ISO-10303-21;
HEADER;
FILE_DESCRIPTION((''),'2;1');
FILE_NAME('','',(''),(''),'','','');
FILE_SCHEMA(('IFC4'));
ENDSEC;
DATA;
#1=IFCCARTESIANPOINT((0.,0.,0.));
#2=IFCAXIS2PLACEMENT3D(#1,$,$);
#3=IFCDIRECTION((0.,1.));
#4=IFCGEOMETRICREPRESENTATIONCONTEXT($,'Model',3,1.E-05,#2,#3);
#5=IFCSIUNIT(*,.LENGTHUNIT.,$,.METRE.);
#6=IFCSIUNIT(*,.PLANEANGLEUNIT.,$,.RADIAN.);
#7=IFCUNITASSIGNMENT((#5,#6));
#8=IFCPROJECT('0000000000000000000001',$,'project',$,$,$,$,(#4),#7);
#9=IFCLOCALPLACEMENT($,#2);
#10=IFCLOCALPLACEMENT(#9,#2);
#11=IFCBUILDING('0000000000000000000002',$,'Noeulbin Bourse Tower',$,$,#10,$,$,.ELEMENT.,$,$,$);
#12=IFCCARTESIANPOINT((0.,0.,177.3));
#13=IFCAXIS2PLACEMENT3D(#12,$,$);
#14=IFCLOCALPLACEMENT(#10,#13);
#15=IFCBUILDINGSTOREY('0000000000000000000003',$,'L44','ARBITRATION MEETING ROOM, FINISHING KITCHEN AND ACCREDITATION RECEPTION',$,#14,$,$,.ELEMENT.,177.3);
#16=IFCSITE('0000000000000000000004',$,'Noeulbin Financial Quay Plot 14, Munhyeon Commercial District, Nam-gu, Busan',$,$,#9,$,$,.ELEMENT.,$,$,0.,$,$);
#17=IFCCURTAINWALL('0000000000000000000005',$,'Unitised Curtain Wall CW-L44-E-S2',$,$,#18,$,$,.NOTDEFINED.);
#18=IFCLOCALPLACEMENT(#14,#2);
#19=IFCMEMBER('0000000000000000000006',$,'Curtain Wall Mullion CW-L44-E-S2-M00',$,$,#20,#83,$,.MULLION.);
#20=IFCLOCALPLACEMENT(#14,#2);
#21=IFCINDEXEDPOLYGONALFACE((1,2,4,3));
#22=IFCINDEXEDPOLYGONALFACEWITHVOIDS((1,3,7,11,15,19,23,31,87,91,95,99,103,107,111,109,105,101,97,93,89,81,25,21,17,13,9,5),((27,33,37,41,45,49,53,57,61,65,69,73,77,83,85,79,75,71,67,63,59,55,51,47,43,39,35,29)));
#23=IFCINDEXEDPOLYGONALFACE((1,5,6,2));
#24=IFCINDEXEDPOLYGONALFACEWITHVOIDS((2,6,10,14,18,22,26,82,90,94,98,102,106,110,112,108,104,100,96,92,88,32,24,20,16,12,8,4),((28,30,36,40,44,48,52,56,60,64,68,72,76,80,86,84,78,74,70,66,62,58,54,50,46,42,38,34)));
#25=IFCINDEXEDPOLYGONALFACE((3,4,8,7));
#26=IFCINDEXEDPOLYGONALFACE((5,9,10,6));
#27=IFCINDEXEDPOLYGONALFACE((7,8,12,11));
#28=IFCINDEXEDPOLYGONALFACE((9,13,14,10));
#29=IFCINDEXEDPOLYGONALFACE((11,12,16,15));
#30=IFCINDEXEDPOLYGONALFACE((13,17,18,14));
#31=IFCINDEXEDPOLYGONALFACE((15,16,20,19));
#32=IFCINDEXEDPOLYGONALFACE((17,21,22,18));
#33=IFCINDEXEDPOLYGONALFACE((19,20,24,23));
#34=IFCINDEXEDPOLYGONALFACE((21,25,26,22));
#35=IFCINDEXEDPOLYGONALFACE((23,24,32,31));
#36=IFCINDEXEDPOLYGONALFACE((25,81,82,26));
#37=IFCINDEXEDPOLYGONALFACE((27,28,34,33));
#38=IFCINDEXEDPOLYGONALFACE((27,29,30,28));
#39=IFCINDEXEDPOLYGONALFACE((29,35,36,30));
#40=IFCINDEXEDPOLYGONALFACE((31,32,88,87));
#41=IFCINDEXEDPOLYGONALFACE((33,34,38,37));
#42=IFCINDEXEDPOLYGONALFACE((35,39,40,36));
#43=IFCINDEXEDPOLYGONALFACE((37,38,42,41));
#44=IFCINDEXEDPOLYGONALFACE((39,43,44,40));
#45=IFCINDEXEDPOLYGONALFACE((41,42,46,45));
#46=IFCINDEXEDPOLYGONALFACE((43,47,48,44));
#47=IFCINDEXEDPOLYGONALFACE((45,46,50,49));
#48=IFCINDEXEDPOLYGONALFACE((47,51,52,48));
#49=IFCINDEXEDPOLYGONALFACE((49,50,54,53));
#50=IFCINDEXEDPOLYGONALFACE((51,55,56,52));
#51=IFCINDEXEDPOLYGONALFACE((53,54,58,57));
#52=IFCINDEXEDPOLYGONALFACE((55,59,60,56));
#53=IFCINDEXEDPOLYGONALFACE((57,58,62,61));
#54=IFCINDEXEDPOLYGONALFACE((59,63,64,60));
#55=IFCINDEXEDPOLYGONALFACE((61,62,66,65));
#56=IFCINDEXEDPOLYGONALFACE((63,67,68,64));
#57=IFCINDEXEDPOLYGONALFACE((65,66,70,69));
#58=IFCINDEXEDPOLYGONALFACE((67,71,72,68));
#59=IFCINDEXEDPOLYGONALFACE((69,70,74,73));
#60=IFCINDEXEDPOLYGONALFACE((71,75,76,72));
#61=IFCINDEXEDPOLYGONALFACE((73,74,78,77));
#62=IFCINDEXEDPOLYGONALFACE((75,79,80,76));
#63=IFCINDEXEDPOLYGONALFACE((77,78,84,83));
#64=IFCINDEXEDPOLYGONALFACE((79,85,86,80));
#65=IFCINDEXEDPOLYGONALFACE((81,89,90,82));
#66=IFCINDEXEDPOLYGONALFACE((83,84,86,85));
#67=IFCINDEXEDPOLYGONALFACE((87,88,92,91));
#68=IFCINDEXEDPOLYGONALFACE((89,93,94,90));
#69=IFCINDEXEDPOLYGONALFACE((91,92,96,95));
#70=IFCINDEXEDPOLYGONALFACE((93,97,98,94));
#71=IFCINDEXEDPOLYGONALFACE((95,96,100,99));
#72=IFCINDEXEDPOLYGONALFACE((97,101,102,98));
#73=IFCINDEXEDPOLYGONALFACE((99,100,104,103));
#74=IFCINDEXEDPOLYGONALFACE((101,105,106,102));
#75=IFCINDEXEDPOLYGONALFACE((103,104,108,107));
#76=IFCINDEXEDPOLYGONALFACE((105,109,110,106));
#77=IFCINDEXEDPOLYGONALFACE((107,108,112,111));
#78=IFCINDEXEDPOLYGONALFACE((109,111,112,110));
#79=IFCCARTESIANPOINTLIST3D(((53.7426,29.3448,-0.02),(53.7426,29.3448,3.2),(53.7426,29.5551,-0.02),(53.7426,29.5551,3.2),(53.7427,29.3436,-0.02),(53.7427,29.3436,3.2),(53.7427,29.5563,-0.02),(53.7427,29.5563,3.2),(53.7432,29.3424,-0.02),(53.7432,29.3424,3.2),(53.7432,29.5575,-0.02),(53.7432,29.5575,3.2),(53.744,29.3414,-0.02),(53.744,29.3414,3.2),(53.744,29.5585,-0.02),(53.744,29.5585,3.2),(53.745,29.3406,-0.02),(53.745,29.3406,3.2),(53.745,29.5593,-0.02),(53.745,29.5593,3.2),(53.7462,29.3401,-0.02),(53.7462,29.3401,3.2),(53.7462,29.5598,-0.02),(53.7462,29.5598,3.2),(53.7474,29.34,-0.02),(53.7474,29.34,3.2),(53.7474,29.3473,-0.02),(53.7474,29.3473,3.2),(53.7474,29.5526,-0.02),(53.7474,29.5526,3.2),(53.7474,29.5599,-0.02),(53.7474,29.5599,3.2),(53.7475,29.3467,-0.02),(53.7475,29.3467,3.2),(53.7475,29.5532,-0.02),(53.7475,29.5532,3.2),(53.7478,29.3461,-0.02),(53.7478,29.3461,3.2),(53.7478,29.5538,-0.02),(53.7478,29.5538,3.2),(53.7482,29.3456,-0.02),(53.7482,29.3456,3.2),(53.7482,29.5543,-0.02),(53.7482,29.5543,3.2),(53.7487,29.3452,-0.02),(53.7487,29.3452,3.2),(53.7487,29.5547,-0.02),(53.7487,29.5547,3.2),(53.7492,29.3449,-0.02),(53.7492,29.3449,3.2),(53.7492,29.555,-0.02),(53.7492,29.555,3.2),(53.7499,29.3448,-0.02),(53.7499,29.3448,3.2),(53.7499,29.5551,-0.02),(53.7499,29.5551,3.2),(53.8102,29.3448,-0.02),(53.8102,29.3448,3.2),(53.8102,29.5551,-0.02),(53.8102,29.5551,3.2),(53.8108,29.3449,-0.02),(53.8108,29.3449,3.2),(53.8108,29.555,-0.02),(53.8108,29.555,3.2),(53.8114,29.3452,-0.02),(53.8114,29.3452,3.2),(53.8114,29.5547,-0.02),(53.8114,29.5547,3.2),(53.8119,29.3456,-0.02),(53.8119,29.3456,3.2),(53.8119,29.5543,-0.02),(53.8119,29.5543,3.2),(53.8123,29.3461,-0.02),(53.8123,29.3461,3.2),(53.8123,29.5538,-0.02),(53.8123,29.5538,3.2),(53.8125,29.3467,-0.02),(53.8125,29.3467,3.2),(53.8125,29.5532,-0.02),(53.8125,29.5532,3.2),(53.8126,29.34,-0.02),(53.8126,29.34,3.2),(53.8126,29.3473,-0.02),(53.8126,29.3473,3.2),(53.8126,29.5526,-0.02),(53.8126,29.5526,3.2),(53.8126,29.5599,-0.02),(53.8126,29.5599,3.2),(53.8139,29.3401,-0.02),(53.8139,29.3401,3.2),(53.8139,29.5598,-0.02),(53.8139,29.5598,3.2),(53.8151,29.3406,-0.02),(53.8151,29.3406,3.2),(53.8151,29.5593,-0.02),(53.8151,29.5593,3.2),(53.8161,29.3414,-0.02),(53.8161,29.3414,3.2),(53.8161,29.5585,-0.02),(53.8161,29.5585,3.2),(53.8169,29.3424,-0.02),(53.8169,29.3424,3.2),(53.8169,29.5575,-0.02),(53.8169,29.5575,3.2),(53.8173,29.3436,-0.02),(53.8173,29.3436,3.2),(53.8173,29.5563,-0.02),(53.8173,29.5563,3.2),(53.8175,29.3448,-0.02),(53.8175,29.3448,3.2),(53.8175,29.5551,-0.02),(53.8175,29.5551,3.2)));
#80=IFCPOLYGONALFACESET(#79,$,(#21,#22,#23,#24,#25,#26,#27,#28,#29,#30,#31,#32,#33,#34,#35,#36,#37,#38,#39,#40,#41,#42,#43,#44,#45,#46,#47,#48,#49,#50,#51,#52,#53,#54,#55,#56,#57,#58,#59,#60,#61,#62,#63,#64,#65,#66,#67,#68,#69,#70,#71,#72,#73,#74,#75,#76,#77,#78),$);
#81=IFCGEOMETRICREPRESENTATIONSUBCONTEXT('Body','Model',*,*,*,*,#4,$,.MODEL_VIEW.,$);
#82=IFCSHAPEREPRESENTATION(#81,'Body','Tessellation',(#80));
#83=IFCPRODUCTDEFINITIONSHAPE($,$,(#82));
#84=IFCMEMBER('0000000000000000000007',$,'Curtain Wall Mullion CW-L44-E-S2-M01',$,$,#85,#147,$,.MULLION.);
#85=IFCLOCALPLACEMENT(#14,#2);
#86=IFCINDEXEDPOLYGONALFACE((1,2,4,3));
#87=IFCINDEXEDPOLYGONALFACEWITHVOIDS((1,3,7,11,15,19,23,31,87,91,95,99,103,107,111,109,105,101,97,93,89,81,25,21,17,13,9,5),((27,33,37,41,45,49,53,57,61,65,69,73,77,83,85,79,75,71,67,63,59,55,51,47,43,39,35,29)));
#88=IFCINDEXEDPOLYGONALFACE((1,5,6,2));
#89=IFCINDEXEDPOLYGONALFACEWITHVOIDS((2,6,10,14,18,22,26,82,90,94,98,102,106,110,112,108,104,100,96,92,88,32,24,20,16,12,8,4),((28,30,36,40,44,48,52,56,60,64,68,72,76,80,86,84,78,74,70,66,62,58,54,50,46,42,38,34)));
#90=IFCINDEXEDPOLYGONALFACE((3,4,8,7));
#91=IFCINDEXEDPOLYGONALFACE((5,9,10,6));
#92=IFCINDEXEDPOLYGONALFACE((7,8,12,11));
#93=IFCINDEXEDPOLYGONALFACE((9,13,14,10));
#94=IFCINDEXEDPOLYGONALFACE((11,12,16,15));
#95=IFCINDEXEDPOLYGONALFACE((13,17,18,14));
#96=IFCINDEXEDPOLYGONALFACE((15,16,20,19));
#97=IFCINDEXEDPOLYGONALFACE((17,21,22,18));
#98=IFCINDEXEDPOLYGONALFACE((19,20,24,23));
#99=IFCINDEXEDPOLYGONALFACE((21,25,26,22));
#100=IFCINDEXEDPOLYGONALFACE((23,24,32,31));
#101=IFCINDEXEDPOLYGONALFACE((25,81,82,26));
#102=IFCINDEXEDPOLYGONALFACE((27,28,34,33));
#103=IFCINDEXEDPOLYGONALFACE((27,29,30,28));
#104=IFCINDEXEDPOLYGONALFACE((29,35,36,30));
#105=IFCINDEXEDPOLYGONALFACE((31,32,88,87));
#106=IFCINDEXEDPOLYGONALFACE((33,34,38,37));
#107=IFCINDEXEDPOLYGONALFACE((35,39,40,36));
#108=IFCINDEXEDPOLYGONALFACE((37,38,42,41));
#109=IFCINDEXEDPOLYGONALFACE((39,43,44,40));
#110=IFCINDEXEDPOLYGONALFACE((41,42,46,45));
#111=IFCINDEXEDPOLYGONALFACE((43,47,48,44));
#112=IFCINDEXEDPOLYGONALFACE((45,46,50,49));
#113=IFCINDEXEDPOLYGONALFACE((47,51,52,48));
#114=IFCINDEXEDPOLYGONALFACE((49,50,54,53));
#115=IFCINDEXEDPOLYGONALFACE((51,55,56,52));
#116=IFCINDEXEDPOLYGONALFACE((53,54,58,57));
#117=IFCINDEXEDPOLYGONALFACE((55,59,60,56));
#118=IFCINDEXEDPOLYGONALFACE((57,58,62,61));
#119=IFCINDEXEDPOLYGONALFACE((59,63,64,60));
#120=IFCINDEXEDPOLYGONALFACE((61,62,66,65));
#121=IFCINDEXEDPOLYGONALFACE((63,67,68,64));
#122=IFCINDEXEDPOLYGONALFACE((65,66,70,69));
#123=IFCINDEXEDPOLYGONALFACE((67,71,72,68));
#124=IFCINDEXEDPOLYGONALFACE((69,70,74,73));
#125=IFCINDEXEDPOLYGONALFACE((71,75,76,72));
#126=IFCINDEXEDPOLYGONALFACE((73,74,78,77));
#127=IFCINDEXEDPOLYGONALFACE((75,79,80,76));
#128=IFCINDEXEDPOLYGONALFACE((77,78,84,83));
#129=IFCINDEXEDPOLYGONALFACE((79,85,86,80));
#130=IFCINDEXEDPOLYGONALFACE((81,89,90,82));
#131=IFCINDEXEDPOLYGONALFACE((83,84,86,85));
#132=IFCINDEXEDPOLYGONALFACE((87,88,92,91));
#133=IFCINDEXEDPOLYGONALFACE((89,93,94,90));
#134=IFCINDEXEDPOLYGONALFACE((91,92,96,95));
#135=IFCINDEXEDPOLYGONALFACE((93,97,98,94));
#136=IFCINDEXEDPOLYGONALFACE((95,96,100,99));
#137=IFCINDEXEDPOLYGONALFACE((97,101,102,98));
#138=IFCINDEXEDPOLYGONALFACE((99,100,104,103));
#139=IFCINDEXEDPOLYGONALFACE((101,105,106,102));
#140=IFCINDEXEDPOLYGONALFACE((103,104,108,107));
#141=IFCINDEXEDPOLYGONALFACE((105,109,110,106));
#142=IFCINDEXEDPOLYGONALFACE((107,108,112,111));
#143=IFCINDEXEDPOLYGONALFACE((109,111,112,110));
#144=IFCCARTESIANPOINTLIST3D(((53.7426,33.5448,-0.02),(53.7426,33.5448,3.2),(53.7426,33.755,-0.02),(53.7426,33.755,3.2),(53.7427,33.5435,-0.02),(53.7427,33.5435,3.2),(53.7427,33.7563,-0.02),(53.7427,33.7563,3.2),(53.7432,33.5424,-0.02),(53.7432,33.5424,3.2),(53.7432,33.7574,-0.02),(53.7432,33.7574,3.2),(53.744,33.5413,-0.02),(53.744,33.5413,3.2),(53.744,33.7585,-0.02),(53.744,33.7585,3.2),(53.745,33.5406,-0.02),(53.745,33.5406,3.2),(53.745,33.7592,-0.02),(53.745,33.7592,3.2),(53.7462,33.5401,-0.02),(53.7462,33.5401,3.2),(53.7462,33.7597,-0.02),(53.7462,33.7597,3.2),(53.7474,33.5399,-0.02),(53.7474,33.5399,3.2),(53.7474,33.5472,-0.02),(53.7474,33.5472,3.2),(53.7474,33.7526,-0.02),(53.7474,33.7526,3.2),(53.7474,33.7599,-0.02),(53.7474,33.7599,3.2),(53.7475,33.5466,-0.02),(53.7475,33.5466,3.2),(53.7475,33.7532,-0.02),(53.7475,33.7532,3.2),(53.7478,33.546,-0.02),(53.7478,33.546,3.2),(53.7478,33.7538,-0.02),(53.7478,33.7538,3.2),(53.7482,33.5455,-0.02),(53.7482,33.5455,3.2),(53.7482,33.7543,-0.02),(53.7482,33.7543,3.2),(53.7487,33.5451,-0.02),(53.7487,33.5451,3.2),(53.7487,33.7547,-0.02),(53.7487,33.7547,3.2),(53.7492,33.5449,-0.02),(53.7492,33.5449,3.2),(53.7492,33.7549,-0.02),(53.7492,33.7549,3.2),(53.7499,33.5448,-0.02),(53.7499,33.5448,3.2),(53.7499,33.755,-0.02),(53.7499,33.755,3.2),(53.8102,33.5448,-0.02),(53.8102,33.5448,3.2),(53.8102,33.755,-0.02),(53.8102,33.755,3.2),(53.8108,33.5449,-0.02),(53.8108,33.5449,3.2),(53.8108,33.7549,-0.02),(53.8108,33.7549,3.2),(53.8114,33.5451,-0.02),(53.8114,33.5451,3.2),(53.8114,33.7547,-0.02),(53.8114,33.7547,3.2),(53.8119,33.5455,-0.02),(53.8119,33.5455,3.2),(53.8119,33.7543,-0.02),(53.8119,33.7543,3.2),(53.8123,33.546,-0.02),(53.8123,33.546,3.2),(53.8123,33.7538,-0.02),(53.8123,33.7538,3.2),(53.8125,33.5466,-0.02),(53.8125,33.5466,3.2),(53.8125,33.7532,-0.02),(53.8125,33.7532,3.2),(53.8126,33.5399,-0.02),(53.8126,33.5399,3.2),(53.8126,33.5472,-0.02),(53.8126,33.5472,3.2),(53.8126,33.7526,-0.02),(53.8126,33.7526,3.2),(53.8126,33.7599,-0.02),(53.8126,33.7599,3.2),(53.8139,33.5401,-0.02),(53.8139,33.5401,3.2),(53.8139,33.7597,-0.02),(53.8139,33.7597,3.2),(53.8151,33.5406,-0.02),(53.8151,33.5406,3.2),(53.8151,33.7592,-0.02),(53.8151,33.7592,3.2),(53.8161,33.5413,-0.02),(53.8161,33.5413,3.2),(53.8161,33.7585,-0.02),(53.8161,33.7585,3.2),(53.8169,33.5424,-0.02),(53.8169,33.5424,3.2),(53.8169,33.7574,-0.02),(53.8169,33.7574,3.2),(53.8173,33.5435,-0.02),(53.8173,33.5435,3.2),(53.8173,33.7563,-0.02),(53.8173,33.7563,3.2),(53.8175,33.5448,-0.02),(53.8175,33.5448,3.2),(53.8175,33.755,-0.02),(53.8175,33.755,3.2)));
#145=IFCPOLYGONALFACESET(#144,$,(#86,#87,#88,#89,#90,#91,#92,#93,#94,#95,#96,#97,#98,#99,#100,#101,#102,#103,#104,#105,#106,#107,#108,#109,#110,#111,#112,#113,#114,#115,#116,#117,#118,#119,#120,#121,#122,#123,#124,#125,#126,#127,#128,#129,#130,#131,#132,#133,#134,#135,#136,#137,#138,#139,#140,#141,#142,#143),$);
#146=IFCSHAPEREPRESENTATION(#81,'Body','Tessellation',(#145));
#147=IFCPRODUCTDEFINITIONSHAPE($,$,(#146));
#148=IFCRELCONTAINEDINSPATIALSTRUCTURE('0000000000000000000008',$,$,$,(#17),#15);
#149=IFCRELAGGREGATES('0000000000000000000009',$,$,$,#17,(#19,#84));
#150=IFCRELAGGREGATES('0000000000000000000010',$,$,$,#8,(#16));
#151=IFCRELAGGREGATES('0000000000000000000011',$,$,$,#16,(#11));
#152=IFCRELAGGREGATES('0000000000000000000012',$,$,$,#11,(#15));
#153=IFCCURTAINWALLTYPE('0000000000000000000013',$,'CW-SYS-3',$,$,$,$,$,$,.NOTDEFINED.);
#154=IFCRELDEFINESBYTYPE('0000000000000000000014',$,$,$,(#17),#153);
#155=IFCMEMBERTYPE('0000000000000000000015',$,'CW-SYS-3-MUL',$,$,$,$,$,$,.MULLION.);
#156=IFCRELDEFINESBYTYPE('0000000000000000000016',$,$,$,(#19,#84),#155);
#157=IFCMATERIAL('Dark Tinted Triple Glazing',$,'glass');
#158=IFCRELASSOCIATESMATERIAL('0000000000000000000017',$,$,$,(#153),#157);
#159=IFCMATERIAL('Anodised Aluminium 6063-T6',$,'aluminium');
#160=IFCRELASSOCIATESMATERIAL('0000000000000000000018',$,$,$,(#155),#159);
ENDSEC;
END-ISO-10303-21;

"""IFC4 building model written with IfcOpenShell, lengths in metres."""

from ifc_helpers import new_model, si_unit, direction, frame, origin, origin_2d, place, context, subcontext, project, spatial, hollow_rectangle, extrude, material, material_profile, profile_set, type_object, element, aggregate, save


model = new_model("IFC4")

# Units and contexts
model_context = context("Model", 3, precision=1e-05, world=origin(), true_north=direction((0.0, 1.0)))
body_context = subcontext(model_context, "Body", "Model", "MODEL_VIEW")
ifc_project = project(units=[si_unit("LENGTHUNIT", "METRE"), si_unit("PLANEANGLEUNIT", "RADIAN")], contexts=[model_context])

# Site, building, storey
site_placement = place(None, origin())
site = spatial("IfcSite", under=ifc_project, at=site_placement, Name="Noeulbin Financial Quay Plot 14, Munhyeon Commercial District, Nam-gu, Busan", CompositionType="ELEMENT", RefElevation=0.0)
building_placement = place(site_placement, origin())
building = spatial("IfcBuilding", under=site, at=building_placement, Name="Noeulbin Bourse Tower", CompositionType="ELEMENT")
storey_placement = place(building_placement, frame((0.0, 0.0, 177.3)))
storey = spatial("IfcBuildingStorey", under=building, at=storey_placement, Name="L44", Description="ARBITRATION MEETING ROOM, FINISHING KITCHEN AND ACCREDITATION RECEPTION", CompositionType="ELEMENT", Elevation=177.3)

# Curtain wall, members
ifc_material_1 = material(Name="Dark Tinted Triple Glazing", Category="glass")
curtain_wall_type = type_object("IfcCurtainWallType", Name="CW-SYS-3", PredefinedType="NOTDEFINED", material=ifc_material_1)
curtain_wall_placement = place(storey_placement, origin())
curtain_wall = element("IfcCurtainWall", 1, at=curtain_wall_placement, inside=storey, type_object=curtain_wall_type, Name="Unitised Curtain Wall CW-L44-E-S2", PredefinedType="NOTDEFINED")
ifc_material_2 = material(Name="Anodised Aluminium 6063-T6", Category="aluminium")
ifc_material_profile_1 = material_profile(ifc_material_2, hollow_rectangle(XDim=0.075, YDim=0.22, WallThickness=0.0049, InnerFilletRadius=0.0024, OuterFilletRadius=0.0049, at=origin_2d()), Name="ALU-MULL-75x220x5", Category="LoadBearing")
ifc_profile_set_1 = profile_set([ifc_material_profile_1], Name="Anodised Aluminium 6063-T6")
member_type_1 = type_object("IfcMemberType", Name="CW-SYS-3-MUL", PredefinedType="MULLION", material=ifc_profile_set_1)
member_1_placement = place(storey_placement, frame((53.78, 29.45, -0.02), z_axis=(0.0, 0.0, 1.0), x_axis=(1.0, 0.0, 0.0)))
member_1 = element("IfcMember", 2, at=member_1_placement, type_object=member_type_1, Name="Curtain Wall Mullion CW-L44-E-S2-M00", PredefinedType="MULLION", context=body_context, shape_type="SweptSolid", body=[
    extrude(hollow_rectangle(XDim=0.075, YDim=0.22, WallThickness=0.0049, InnerFilletRadius=0.0024, OuterFilletRadius=0.0049, at=origin_2d()), origin(), (0.0, 0.0, 1.0), 3.22),
])
member_2_placement = place(storey_placement, frame((53.78, 33.6499, -0.02), z_axis=(0.0, 0.0, 1.0), x_axis=(1.0, 0.0, 0.0)))
member_2 = element("IfcMember", 3, at=member_2_placement, type_object=member_type_1, Name="Curtain Wall Mullion CW-L44-E-S2-M01", PredefinedType="MULLION", context=body_context, shape_type="SweptSolid", body=[
    extrude(hollow_rectangle(XDim=0.075, YDim=0.22, WallThickness=0.0049, InnerFilletRadius=0.0024, OuterFilletRadius=0.0049, at=origin_2d()), origin(), (0.0, 0.0, 1.0), 3.22),
])
aggregate(curtain_wall, [member_1, member_2])

save(model, "model.ifc")
